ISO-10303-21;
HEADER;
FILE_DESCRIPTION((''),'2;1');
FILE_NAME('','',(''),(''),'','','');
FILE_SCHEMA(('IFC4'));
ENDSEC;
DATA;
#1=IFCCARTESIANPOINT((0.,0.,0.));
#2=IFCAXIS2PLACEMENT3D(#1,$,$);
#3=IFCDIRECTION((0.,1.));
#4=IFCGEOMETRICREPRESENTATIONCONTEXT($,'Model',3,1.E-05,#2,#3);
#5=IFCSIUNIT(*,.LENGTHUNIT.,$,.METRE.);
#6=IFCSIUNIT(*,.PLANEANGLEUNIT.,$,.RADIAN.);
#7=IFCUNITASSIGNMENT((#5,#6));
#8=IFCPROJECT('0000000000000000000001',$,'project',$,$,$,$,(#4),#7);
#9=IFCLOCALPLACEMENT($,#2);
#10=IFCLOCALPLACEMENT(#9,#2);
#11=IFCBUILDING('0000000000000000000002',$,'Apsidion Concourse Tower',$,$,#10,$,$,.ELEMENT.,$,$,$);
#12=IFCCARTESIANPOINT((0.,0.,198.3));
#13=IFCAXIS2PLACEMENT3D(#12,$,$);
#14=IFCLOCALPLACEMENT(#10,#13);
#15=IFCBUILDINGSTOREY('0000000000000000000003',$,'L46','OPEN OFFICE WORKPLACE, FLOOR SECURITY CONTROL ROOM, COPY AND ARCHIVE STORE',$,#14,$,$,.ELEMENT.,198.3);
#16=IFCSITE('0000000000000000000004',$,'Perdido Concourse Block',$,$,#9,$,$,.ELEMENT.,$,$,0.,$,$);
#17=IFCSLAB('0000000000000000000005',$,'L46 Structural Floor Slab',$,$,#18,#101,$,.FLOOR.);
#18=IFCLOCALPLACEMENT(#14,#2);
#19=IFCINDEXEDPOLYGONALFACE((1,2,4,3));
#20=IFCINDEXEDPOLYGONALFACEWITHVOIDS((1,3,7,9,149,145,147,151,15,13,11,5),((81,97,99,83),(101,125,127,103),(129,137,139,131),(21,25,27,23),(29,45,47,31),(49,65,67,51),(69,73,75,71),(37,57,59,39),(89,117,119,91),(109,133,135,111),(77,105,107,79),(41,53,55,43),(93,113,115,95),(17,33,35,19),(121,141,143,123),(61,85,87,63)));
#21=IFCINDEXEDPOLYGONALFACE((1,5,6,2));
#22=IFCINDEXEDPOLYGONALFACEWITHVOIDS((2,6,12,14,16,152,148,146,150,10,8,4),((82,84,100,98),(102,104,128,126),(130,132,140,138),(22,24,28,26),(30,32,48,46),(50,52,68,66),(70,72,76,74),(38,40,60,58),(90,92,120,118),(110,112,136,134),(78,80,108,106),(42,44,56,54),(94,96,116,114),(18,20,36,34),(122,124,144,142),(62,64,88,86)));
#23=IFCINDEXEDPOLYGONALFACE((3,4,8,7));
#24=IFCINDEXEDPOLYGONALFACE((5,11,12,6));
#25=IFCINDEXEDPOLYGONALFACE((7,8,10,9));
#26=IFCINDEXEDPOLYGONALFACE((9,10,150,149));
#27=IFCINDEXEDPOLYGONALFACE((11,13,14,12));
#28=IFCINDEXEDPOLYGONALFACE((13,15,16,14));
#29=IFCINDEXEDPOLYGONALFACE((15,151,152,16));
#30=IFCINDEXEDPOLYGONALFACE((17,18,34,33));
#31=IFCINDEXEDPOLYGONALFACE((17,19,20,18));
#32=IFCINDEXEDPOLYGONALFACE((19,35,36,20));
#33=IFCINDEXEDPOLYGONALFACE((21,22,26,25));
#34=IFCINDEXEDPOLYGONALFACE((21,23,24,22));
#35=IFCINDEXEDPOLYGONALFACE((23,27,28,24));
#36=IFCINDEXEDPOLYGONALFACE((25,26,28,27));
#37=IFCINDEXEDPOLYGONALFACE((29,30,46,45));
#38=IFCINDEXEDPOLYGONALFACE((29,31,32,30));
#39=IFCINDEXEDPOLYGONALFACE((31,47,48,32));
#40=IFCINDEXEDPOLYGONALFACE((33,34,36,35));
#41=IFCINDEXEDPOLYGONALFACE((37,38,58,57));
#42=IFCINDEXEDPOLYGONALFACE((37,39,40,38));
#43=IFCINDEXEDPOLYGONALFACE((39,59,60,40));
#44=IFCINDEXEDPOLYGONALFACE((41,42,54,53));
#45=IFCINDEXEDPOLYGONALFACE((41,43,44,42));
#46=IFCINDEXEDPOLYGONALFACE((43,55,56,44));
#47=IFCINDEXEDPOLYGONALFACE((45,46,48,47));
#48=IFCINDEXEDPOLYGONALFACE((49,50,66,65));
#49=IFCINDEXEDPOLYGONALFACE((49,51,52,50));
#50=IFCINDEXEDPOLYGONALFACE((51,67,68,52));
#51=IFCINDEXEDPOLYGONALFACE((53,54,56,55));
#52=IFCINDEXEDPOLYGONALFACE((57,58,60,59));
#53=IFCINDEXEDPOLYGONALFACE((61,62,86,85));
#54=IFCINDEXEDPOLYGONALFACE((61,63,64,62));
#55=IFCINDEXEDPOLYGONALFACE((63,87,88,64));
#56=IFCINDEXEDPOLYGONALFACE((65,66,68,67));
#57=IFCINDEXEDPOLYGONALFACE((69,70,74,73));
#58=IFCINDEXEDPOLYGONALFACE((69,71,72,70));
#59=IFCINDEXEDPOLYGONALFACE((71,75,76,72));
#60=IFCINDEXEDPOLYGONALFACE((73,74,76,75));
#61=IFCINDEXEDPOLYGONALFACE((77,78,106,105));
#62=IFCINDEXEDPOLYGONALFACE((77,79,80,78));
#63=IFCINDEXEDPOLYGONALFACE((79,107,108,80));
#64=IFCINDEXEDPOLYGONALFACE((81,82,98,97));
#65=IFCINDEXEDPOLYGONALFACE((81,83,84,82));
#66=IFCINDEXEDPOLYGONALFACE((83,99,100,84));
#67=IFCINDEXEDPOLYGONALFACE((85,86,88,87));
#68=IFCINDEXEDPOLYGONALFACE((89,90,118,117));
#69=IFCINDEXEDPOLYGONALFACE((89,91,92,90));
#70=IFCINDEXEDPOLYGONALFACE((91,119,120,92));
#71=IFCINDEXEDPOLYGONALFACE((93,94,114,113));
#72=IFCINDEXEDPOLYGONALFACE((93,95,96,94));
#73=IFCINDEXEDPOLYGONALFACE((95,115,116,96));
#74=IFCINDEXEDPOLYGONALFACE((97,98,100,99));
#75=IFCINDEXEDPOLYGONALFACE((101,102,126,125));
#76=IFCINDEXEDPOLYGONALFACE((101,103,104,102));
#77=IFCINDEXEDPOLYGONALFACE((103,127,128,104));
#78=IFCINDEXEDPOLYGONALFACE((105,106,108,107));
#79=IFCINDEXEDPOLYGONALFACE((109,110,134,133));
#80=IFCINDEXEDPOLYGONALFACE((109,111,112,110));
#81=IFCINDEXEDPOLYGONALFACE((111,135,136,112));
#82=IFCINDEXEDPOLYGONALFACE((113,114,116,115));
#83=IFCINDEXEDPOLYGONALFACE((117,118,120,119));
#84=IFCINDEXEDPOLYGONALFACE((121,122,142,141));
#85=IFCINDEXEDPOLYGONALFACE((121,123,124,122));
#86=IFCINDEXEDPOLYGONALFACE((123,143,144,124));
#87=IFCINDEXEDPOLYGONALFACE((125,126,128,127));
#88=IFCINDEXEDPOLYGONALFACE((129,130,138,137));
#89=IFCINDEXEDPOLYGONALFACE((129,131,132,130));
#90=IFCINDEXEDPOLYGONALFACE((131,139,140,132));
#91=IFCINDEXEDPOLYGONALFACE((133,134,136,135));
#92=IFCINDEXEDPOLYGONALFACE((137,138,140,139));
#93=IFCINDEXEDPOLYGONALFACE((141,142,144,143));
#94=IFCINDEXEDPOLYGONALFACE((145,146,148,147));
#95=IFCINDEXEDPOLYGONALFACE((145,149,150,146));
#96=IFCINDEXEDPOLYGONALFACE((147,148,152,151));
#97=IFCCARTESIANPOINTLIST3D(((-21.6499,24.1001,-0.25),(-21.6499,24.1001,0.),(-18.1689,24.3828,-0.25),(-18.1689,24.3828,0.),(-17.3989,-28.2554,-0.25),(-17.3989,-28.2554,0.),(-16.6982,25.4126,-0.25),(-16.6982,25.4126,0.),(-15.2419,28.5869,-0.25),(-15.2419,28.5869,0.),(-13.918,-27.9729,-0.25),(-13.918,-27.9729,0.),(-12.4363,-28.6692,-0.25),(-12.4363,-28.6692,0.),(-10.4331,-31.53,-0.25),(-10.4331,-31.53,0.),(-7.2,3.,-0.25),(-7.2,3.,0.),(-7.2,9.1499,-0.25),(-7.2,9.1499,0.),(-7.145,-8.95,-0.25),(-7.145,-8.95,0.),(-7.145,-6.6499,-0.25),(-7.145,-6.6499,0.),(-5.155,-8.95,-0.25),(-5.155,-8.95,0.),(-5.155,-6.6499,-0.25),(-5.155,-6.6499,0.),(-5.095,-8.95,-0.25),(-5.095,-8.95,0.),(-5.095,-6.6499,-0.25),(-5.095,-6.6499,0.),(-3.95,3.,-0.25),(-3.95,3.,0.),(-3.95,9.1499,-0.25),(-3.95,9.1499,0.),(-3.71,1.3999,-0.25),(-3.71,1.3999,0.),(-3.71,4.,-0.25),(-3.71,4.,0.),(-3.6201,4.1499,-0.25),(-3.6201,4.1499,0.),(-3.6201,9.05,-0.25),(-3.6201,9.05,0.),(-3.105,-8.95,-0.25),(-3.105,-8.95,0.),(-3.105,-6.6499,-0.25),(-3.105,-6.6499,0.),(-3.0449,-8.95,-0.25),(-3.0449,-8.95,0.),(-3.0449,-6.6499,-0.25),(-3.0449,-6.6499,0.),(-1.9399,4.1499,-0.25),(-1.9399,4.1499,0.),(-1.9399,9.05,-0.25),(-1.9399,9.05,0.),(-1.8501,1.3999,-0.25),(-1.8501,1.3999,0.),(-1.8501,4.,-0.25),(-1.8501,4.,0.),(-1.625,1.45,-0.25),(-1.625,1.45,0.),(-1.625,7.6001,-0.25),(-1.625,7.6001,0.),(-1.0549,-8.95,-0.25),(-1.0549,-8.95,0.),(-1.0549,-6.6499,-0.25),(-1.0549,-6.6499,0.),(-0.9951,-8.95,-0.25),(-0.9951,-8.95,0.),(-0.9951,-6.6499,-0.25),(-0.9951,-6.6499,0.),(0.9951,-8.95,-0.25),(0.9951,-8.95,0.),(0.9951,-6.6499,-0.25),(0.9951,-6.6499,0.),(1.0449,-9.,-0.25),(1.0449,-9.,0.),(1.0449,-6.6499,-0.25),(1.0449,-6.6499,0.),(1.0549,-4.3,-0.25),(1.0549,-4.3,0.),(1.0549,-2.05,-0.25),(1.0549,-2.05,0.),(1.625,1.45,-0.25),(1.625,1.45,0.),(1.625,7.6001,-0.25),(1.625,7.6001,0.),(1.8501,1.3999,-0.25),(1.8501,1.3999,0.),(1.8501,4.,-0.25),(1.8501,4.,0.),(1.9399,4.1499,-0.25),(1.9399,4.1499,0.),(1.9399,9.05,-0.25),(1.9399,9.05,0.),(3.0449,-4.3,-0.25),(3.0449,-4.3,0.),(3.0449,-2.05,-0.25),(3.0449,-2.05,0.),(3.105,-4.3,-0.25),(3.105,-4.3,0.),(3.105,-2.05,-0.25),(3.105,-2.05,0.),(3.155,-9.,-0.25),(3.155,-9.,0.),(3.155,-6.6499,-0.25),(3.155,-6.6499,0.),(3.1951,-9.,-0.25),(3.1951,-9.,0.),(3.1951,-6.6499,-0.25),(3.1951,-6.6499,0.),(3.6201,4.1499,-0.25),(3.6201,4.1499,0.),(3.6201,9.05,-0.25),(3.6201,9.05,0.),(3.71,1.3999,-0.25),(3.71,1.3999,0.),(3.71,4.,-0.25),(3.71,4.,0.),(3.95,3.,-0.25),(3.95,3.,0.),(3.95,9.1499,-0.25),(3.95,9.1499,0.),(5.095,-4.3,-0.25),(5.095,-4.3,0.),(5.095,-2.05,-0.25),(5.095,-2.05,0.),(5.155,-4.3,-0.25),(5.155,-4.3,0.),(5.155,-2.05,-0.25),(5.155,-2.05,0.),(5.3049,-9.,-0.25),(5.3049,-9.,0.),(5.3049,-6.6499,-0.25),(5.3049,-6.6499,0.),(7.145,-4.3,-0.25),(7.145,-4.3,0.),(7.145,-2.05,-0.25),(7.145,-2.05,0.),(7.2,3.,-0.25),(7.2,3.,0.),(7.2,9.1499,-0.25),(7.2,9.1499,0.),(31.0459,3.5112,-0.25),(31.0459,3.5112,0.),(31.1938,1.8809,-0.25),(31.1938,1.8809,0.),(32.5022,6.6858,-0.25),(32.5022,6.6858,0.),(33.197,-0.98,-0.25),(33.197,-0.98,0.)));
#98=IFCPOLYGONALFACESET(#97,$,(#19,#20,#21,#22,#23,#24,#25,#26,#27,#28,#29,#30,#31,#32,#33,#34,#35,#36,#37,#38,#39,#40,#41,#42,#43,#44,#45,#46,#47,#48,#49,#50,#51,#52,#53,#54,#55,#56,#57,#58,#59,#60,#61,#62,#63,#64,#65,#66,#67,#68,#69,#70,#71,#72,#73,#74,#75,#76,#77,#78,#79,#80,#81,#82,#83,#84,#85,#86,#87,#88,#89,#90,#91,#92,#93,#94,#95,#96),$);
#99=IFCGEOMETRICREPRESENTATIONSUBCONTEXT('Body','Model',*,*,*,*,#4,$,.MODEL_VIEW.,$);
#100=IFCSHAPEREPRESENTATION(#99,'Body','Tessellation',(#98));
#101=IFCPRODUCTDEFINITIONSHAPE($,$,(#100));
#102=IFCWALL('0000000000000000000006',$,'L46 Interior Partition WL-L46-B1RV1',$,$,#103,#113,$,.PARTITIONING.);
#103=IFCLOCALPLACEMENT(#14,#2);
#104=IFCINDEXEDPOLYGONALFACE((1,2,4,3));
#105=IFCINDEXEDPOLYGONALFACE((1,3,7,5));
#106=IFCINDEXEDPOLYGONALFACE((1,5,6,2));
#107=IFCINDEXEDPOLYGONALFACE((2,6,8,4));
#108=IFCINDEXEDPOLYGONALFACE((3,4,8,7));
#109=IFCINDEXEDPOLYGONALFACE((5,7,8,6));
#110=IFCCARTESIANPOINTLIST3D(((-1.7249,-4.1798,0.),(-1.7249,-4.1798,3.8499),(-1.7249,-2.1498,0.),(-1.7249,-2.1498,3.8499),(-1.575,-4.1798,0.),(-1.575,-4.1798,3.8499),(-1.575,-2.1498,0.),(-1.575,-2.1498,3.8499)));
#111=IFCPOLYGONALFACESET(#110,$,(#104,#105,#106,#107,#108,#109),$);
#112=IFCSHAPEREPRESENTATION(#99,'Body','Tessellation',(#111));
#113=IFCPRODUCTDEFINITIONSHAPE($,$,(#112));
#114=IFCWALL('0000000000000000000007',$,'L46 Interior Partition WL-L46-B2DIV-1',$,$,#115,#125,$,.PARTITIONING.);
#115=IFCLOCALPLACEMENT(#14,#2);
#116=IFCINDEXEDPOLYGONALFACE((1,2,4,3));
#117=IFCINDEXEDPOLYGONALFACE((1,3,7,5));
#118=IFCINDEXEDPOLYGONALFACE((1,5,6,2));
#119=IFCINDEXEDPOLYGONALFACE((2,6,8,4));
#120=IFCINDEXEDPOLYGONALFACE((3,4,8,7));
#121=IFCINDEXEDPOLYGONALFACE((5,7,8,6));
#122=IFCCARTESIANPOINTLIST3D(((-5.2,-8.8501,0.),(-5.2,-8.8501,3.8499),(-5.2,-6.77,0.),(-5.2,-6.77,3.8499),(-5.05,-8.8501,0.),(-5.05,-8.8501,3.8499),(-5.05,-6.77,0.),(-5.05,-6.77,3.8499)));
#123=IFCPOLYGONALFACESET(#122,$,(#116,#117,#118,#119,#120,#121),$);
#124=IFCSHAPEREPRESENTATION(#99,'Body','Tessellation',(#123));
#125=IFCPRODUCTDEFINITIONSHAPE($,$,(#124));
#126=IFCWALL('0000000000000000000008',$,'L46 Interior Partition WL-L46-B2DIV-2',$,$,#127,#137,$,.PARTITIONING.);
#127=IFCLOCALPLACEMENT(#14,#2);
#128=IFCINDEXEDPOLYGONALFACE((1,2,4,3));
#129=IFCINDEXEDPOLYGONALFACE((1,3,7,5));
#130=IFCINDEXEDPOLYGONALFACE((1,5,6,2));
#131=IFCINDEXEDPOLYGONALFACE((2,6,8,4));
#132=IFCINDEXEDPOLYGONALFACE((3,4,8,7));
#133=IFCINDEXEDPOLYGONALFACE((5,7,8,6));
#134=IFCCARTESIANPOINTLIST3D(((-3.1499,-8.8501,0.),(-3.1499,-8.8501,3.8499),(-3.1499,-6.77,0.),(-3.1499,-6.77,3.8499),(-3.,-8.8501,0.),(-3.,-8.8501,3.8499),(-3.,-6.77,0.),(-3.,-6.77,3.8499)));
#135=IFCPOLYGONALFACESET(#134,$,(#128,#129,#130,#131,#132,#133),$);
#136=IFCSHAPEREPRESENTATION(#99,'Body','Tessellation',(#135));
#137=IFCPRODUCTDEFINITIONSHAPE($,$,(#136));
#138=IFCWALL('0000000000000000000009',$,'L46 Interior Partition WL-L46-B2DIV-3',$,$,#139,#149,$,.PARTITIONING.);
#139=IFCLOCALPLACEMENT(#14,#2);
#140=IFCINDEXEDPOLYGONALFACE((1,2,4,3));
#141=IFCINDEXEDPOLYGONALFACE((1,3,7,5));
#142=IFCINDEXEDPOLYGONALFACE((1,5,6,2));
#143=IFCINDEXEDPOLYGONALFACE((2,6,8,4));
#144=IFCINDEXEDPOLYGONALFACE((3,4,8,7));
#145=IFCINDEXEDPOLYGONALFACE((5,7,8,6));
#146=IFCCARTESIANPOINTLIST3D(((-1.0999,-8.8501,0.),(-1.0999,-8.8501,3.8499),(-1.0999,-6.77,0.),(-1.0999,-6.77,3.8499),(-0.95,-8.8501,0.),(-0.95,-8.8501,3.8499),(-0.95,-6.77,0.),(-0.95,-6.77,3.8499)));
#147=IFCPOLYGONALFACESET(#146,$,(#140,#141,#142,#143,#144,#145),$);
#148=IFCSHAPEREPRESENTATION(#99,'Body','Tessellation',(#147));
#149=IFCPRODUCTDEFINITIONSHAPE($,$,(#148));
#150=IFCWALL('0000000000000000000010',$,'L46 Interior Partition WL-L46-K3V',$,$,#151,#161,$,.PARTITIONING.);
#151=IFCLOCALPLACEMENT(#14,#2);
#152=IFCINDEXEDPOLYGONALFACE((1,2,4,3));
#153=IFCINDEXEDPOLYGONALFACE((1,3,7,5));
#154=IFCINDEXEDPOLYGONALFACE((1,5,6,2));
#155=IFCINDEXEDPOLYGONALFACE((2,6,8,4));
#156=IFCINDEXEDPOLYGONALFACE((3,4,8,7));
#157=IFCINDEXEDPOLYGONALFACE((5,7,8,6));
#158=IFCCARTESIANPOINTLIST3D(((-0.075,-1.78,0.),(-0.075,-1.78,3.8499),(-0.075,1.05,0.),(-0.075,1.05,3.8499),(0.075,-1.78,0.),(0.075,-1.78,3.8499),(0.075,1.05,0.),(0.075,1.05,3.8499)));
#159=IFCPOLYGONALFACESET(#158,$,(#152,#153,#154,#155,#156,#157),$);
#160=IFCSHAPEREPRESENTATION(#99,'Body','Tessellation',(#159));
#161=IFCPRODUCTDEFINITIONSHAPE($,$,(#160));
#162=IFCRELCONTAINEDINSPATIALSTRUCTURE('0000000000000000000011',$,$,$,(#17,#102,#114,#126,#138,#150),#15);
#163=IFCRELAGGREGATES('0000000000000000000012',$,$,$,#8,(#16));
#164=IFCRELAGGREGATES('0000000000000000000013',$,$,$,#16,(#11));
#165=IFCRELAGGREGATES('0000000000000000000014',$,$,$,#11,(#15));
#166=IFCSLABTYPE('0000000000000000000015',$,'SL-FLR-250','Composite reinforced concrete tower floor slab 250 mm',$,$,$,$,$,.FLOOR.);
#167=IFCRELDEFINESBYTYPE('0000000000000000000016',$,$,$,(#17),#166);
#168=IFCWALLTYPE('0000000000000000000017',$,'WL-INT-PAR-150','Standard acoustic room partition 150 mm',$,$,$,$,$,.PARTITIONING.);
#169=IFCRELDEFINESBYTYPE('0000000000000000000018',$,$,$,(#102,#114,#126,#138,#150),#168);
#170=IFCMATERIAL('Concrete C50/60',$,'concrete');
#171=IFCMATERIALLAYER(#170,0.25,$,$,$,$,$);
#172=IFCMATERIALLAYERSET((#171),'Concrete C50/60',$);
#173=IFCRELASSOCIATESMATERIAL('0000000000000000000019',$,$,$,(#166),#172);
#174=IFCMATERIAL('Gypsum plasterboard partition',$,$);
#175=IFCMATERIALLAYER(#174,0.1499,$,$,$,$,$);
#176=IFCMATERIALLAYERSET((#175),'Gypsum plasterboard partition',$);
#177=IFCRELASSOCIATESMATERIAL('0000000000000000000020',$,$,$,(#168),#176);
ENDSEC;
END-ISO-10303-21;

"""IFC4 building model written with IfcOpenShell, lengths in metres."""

from ifc_helpers import new_model, si_unit, direction, frame, frame_2d, origin, place, context, subcontext, project, spatial, polyline, rectangle, outline, extrude, material, layer, layer_set, type_object, element, save


model = new_model("IFC4")

# Units and contexts
model_context = context("Model", 3, precision=1e-05, world=origin(), true_north=direction((0.0, 1.0)))
body_context = subcontext(model_context, "Body", "Model", "MODEL_VIEW")
ifc_project = project(units=[si_unit("LENGTHUNIT", "METRE"), si_unit("PLANEANGLEUNIT", "RADIAN")], contexts=[model_context])

# Site, building, storey
site_placement = place(None, origin())
site = spatial("IfcSite", under=ifc_project, at=site_placement, Name="Perdido Concourse Block", CompositionType="ELEMENT", RefElevation=0.0)
building_placement = place(site_placement, origin())
building = spatial("IfcBuilding", under=site, at=building_placement, Name="Apsidion Concourse Tower", CompositionType="ELEMENT")
storey_placement = place(building_placement, frame((0.0, 0.0, 198.3)))
storey = spatial("IfcBuildingStorey", under=building, at=storey_placement, Name="L46", Description="OPEN OFFICE WORKPLACE, FLOOR SECURITY CONTROL ROOM, COPY AND ARCHIVE STORE", CompositionType="ELEMENT", Elevation=198.3)

# Slab
ifc_material_1 = material(Name="Concrete C50/60", Category="concrete")
ifc_layer_1 = layer(ifc_material_1, 0.25)
ifc_layer_set_1 = layer_set([ifc_layer_1], Name="Concrete C50/60")
slab_type = type_object("IfcSlabType", Name="SL-FLR-250", Description="Composite reinforced concrete tower floor slab 250 mm", PredefinedType="FLOOR", material=ifc_layer_set_1)
slab_placement = place(storey_placement, frame((0.0, 0.0, -0.25)))
element("IfcSlab", 1, at=slab_placement, inside=storey, type_object=slab_type, Name="L46 Structural Floor Slab", PredefinedType="FLOOR", context=body_context, shape_type="SweptSolid", body=[
    extrude(outline(polyline([(-15.2419, 28.5869), (-16.6982, 25.4126), (-18.1689, 24.3828), (-21.6499, 24.1001), (-17.3989, -28.2554), (-13.918, -27.9729), (-12.4363, -28.6692), (-10.4331, -31.53), (33.197, -0.98), (31.1938, 1.8809), (31.0459, 3.5112), (32.5022, 6.6858), (-15.2419, 28.5869)]), holes=[polyline([(-3.95, 3.0), (-3.95, 9.1499), (-7.2, 9.1499), (-7.2, 3.0), (-3.95, 3.0)]), polyline([(7.2, 3.0), (7.2, 9.1499), (3.95, 9.1499), (3.95, 3.0), (7.2, 3.0)]), polyline([(-1.625, 7.6001), (-1.625, 1.45), (1.625, 1.45), (1.625, 7.6001), (-1.625, 7.6001)]), polyline([(1.0549, -4.3), (3.0449, -4.3), (3.0449, -2.05), (1.0549, -2.05), (1.0549, -4.3)]), polyline([(3.105, -4.3), (5.095, -4.3), (5.095, -2.05), (3.105, -2.05), (3.105, -4.3)]), polyline([(5.155, -4.3), (7.145, -4.3), (7.145, -2.05), (5.155, -2.05), (5.155, -4.3)]), polyline([(-7.145, -8.95), (-5.155, -8.95), (-5.155, -6.6499), (-7.145, -6.6499), (-7.145, -8.95)]), polyline([(-5.095, -8.95), (-3.105, -8.95), (-3.105, -6.6499), (-5.095, -6.6499), (-5.095, -8.95)]), polyline([(-3.0449, -8.95), (-1.0549, -8.95), (-1.0549, -6.6499), (-3.0449, -6.6499), (-3.0449, -8.95)]), polyline([(-0.9951, -8.95), (0.9951, -8.95), (0.9951, -6.6499), (-0.9951, -6.6499), (-0.9951, -8.95)]), polyline([(1.0449, -9.0), (3.155, -9.0), (3.155, -6.6499), (1.0449, -6.6499), (1.0449, -9.0)]), polyline([(3.1951, -9.0), (5.3049, -9.0), (5.3049, -6.6499), (3.1951, -6.6499), (3.1951, -9.0)]), polyline([(-3.71, 1.3999), (-1.8501, 1.3999), (-1.8501, 4.0), (-3.71, 4.0), (-3.71, 1.3999)]), polyline([(1.8501, 1.3999), (3.71, 1.3999), (3.71, 4.0), (1.8501, 4.0), (1.8501, 1.3999)]), polyline([(-3.6201, 4.1499), (-1.9399, 4.1499), (-1.9399, 9.05), (-3.6201, 9.05), (-3.6201, 4.1499)]), polyline([(1.9399, 4.1499), (3.6201, 4.1499), (3.6201, 9.05), (1.9399, 9.05), (1.9399, 4.1499)])]), origin(), (0.0, 0.0, 1.0), 0.25),
])

# Walls
ifc_material_2 = material(Name="Gypsum plasterboard partition")
ifc_layer_2 = layer(ifc_material_2, 0.1499)
ifc_layer_set_2 = layer_set([ifc_layer_2], Name="Gypsum plasterboard partition")
wall_type_1 = type_object("IfcWallType", Name="WL-INT-PAR-150", Description="Standard acoustic room partition 150 mm", PredefinedType="PARTITIONING", material=ifc_layer_set_2)
wall_1_placement = place(storey_placement, frame((-1.6499, -4.1799, 0.0), z_axis=(0.0, 0.0, 1.0), x_axis=(0.0, 1.0, 0.0)))
element("IfcWall", 2, at=wall_1_placement, inside=storey, type_object=wall_type_1, Name="L46 Interior Partition WL-L46-B1RV1", PredefinedType="PARTITIONING", context=body_context, shape_type="SweptSolid", body=[
    extrude(rectangle(XDim=2.03, YDim=0.1499, at=frame_2d((1.0151, 0.0))), origin(), (0.0, 0.0, 1.0), 3.8499),
])
for number, where, z_axis, x_axis, name in (
    (3, (-5.125, -8.8501, 0.0), (0.0, 0.0, 1.0), (0.0, 1.0, 0.0), "L46 Interior Partition WL-L46-B2DIV-1"),
    (4, (-3.075, -8.8501, 0.0), (0.0, 0.0, 1.0), (0.0, 1.0, 0.0), "L46 Interior Partition WL-L46-B2DIV-2"),
    (5, (-1.0249, -8.8501, 0.0), (0.0, 0.0, 1.0), (0.0, 1.0, 0.0), "L46 Interior Partition WL-L46-B2DIV-3"),
):
    element("IfcWall", number, at=place(storey_placement, frame(where, z_axis=z_axis, x_axis=x_axis)), inside=storey, type_object=wall_type_1, Name=name, PredefinedType="PARTITIONING", context=body_context, shape_type="SweptSolid", body=[
        extrude(rectangle(XDim=2.0801, YDim=0.1499, at=frame_2d((1.04, 0.0))), origin(), (0.0, 0.0, 1.0), 3.8499),
    ])
wall_2_placement = place(storey_placement, frame((0.0, -1.78, 0.0), z_axis=(0.0, 0.0, 1.0), x_axis=(0.0, 1.0, 0.0)))
element("IfcWall", 6, at=wall_2_placement, inside=storey, type_object=wall_type_1, Name="L46 Interior Partition WL-L46-K3V", PredefinedType="PARTITIONING", context=body_context, shape_type="SweptSolid", body=[
    extrude(rectangle(XDim=2.8301, YDim=0.1499, at=frame_2d((1.415, 0.0))), origin(), (0.0, 0.0, 1.0), 3.8499),
])

save(model, "model.ifc")
